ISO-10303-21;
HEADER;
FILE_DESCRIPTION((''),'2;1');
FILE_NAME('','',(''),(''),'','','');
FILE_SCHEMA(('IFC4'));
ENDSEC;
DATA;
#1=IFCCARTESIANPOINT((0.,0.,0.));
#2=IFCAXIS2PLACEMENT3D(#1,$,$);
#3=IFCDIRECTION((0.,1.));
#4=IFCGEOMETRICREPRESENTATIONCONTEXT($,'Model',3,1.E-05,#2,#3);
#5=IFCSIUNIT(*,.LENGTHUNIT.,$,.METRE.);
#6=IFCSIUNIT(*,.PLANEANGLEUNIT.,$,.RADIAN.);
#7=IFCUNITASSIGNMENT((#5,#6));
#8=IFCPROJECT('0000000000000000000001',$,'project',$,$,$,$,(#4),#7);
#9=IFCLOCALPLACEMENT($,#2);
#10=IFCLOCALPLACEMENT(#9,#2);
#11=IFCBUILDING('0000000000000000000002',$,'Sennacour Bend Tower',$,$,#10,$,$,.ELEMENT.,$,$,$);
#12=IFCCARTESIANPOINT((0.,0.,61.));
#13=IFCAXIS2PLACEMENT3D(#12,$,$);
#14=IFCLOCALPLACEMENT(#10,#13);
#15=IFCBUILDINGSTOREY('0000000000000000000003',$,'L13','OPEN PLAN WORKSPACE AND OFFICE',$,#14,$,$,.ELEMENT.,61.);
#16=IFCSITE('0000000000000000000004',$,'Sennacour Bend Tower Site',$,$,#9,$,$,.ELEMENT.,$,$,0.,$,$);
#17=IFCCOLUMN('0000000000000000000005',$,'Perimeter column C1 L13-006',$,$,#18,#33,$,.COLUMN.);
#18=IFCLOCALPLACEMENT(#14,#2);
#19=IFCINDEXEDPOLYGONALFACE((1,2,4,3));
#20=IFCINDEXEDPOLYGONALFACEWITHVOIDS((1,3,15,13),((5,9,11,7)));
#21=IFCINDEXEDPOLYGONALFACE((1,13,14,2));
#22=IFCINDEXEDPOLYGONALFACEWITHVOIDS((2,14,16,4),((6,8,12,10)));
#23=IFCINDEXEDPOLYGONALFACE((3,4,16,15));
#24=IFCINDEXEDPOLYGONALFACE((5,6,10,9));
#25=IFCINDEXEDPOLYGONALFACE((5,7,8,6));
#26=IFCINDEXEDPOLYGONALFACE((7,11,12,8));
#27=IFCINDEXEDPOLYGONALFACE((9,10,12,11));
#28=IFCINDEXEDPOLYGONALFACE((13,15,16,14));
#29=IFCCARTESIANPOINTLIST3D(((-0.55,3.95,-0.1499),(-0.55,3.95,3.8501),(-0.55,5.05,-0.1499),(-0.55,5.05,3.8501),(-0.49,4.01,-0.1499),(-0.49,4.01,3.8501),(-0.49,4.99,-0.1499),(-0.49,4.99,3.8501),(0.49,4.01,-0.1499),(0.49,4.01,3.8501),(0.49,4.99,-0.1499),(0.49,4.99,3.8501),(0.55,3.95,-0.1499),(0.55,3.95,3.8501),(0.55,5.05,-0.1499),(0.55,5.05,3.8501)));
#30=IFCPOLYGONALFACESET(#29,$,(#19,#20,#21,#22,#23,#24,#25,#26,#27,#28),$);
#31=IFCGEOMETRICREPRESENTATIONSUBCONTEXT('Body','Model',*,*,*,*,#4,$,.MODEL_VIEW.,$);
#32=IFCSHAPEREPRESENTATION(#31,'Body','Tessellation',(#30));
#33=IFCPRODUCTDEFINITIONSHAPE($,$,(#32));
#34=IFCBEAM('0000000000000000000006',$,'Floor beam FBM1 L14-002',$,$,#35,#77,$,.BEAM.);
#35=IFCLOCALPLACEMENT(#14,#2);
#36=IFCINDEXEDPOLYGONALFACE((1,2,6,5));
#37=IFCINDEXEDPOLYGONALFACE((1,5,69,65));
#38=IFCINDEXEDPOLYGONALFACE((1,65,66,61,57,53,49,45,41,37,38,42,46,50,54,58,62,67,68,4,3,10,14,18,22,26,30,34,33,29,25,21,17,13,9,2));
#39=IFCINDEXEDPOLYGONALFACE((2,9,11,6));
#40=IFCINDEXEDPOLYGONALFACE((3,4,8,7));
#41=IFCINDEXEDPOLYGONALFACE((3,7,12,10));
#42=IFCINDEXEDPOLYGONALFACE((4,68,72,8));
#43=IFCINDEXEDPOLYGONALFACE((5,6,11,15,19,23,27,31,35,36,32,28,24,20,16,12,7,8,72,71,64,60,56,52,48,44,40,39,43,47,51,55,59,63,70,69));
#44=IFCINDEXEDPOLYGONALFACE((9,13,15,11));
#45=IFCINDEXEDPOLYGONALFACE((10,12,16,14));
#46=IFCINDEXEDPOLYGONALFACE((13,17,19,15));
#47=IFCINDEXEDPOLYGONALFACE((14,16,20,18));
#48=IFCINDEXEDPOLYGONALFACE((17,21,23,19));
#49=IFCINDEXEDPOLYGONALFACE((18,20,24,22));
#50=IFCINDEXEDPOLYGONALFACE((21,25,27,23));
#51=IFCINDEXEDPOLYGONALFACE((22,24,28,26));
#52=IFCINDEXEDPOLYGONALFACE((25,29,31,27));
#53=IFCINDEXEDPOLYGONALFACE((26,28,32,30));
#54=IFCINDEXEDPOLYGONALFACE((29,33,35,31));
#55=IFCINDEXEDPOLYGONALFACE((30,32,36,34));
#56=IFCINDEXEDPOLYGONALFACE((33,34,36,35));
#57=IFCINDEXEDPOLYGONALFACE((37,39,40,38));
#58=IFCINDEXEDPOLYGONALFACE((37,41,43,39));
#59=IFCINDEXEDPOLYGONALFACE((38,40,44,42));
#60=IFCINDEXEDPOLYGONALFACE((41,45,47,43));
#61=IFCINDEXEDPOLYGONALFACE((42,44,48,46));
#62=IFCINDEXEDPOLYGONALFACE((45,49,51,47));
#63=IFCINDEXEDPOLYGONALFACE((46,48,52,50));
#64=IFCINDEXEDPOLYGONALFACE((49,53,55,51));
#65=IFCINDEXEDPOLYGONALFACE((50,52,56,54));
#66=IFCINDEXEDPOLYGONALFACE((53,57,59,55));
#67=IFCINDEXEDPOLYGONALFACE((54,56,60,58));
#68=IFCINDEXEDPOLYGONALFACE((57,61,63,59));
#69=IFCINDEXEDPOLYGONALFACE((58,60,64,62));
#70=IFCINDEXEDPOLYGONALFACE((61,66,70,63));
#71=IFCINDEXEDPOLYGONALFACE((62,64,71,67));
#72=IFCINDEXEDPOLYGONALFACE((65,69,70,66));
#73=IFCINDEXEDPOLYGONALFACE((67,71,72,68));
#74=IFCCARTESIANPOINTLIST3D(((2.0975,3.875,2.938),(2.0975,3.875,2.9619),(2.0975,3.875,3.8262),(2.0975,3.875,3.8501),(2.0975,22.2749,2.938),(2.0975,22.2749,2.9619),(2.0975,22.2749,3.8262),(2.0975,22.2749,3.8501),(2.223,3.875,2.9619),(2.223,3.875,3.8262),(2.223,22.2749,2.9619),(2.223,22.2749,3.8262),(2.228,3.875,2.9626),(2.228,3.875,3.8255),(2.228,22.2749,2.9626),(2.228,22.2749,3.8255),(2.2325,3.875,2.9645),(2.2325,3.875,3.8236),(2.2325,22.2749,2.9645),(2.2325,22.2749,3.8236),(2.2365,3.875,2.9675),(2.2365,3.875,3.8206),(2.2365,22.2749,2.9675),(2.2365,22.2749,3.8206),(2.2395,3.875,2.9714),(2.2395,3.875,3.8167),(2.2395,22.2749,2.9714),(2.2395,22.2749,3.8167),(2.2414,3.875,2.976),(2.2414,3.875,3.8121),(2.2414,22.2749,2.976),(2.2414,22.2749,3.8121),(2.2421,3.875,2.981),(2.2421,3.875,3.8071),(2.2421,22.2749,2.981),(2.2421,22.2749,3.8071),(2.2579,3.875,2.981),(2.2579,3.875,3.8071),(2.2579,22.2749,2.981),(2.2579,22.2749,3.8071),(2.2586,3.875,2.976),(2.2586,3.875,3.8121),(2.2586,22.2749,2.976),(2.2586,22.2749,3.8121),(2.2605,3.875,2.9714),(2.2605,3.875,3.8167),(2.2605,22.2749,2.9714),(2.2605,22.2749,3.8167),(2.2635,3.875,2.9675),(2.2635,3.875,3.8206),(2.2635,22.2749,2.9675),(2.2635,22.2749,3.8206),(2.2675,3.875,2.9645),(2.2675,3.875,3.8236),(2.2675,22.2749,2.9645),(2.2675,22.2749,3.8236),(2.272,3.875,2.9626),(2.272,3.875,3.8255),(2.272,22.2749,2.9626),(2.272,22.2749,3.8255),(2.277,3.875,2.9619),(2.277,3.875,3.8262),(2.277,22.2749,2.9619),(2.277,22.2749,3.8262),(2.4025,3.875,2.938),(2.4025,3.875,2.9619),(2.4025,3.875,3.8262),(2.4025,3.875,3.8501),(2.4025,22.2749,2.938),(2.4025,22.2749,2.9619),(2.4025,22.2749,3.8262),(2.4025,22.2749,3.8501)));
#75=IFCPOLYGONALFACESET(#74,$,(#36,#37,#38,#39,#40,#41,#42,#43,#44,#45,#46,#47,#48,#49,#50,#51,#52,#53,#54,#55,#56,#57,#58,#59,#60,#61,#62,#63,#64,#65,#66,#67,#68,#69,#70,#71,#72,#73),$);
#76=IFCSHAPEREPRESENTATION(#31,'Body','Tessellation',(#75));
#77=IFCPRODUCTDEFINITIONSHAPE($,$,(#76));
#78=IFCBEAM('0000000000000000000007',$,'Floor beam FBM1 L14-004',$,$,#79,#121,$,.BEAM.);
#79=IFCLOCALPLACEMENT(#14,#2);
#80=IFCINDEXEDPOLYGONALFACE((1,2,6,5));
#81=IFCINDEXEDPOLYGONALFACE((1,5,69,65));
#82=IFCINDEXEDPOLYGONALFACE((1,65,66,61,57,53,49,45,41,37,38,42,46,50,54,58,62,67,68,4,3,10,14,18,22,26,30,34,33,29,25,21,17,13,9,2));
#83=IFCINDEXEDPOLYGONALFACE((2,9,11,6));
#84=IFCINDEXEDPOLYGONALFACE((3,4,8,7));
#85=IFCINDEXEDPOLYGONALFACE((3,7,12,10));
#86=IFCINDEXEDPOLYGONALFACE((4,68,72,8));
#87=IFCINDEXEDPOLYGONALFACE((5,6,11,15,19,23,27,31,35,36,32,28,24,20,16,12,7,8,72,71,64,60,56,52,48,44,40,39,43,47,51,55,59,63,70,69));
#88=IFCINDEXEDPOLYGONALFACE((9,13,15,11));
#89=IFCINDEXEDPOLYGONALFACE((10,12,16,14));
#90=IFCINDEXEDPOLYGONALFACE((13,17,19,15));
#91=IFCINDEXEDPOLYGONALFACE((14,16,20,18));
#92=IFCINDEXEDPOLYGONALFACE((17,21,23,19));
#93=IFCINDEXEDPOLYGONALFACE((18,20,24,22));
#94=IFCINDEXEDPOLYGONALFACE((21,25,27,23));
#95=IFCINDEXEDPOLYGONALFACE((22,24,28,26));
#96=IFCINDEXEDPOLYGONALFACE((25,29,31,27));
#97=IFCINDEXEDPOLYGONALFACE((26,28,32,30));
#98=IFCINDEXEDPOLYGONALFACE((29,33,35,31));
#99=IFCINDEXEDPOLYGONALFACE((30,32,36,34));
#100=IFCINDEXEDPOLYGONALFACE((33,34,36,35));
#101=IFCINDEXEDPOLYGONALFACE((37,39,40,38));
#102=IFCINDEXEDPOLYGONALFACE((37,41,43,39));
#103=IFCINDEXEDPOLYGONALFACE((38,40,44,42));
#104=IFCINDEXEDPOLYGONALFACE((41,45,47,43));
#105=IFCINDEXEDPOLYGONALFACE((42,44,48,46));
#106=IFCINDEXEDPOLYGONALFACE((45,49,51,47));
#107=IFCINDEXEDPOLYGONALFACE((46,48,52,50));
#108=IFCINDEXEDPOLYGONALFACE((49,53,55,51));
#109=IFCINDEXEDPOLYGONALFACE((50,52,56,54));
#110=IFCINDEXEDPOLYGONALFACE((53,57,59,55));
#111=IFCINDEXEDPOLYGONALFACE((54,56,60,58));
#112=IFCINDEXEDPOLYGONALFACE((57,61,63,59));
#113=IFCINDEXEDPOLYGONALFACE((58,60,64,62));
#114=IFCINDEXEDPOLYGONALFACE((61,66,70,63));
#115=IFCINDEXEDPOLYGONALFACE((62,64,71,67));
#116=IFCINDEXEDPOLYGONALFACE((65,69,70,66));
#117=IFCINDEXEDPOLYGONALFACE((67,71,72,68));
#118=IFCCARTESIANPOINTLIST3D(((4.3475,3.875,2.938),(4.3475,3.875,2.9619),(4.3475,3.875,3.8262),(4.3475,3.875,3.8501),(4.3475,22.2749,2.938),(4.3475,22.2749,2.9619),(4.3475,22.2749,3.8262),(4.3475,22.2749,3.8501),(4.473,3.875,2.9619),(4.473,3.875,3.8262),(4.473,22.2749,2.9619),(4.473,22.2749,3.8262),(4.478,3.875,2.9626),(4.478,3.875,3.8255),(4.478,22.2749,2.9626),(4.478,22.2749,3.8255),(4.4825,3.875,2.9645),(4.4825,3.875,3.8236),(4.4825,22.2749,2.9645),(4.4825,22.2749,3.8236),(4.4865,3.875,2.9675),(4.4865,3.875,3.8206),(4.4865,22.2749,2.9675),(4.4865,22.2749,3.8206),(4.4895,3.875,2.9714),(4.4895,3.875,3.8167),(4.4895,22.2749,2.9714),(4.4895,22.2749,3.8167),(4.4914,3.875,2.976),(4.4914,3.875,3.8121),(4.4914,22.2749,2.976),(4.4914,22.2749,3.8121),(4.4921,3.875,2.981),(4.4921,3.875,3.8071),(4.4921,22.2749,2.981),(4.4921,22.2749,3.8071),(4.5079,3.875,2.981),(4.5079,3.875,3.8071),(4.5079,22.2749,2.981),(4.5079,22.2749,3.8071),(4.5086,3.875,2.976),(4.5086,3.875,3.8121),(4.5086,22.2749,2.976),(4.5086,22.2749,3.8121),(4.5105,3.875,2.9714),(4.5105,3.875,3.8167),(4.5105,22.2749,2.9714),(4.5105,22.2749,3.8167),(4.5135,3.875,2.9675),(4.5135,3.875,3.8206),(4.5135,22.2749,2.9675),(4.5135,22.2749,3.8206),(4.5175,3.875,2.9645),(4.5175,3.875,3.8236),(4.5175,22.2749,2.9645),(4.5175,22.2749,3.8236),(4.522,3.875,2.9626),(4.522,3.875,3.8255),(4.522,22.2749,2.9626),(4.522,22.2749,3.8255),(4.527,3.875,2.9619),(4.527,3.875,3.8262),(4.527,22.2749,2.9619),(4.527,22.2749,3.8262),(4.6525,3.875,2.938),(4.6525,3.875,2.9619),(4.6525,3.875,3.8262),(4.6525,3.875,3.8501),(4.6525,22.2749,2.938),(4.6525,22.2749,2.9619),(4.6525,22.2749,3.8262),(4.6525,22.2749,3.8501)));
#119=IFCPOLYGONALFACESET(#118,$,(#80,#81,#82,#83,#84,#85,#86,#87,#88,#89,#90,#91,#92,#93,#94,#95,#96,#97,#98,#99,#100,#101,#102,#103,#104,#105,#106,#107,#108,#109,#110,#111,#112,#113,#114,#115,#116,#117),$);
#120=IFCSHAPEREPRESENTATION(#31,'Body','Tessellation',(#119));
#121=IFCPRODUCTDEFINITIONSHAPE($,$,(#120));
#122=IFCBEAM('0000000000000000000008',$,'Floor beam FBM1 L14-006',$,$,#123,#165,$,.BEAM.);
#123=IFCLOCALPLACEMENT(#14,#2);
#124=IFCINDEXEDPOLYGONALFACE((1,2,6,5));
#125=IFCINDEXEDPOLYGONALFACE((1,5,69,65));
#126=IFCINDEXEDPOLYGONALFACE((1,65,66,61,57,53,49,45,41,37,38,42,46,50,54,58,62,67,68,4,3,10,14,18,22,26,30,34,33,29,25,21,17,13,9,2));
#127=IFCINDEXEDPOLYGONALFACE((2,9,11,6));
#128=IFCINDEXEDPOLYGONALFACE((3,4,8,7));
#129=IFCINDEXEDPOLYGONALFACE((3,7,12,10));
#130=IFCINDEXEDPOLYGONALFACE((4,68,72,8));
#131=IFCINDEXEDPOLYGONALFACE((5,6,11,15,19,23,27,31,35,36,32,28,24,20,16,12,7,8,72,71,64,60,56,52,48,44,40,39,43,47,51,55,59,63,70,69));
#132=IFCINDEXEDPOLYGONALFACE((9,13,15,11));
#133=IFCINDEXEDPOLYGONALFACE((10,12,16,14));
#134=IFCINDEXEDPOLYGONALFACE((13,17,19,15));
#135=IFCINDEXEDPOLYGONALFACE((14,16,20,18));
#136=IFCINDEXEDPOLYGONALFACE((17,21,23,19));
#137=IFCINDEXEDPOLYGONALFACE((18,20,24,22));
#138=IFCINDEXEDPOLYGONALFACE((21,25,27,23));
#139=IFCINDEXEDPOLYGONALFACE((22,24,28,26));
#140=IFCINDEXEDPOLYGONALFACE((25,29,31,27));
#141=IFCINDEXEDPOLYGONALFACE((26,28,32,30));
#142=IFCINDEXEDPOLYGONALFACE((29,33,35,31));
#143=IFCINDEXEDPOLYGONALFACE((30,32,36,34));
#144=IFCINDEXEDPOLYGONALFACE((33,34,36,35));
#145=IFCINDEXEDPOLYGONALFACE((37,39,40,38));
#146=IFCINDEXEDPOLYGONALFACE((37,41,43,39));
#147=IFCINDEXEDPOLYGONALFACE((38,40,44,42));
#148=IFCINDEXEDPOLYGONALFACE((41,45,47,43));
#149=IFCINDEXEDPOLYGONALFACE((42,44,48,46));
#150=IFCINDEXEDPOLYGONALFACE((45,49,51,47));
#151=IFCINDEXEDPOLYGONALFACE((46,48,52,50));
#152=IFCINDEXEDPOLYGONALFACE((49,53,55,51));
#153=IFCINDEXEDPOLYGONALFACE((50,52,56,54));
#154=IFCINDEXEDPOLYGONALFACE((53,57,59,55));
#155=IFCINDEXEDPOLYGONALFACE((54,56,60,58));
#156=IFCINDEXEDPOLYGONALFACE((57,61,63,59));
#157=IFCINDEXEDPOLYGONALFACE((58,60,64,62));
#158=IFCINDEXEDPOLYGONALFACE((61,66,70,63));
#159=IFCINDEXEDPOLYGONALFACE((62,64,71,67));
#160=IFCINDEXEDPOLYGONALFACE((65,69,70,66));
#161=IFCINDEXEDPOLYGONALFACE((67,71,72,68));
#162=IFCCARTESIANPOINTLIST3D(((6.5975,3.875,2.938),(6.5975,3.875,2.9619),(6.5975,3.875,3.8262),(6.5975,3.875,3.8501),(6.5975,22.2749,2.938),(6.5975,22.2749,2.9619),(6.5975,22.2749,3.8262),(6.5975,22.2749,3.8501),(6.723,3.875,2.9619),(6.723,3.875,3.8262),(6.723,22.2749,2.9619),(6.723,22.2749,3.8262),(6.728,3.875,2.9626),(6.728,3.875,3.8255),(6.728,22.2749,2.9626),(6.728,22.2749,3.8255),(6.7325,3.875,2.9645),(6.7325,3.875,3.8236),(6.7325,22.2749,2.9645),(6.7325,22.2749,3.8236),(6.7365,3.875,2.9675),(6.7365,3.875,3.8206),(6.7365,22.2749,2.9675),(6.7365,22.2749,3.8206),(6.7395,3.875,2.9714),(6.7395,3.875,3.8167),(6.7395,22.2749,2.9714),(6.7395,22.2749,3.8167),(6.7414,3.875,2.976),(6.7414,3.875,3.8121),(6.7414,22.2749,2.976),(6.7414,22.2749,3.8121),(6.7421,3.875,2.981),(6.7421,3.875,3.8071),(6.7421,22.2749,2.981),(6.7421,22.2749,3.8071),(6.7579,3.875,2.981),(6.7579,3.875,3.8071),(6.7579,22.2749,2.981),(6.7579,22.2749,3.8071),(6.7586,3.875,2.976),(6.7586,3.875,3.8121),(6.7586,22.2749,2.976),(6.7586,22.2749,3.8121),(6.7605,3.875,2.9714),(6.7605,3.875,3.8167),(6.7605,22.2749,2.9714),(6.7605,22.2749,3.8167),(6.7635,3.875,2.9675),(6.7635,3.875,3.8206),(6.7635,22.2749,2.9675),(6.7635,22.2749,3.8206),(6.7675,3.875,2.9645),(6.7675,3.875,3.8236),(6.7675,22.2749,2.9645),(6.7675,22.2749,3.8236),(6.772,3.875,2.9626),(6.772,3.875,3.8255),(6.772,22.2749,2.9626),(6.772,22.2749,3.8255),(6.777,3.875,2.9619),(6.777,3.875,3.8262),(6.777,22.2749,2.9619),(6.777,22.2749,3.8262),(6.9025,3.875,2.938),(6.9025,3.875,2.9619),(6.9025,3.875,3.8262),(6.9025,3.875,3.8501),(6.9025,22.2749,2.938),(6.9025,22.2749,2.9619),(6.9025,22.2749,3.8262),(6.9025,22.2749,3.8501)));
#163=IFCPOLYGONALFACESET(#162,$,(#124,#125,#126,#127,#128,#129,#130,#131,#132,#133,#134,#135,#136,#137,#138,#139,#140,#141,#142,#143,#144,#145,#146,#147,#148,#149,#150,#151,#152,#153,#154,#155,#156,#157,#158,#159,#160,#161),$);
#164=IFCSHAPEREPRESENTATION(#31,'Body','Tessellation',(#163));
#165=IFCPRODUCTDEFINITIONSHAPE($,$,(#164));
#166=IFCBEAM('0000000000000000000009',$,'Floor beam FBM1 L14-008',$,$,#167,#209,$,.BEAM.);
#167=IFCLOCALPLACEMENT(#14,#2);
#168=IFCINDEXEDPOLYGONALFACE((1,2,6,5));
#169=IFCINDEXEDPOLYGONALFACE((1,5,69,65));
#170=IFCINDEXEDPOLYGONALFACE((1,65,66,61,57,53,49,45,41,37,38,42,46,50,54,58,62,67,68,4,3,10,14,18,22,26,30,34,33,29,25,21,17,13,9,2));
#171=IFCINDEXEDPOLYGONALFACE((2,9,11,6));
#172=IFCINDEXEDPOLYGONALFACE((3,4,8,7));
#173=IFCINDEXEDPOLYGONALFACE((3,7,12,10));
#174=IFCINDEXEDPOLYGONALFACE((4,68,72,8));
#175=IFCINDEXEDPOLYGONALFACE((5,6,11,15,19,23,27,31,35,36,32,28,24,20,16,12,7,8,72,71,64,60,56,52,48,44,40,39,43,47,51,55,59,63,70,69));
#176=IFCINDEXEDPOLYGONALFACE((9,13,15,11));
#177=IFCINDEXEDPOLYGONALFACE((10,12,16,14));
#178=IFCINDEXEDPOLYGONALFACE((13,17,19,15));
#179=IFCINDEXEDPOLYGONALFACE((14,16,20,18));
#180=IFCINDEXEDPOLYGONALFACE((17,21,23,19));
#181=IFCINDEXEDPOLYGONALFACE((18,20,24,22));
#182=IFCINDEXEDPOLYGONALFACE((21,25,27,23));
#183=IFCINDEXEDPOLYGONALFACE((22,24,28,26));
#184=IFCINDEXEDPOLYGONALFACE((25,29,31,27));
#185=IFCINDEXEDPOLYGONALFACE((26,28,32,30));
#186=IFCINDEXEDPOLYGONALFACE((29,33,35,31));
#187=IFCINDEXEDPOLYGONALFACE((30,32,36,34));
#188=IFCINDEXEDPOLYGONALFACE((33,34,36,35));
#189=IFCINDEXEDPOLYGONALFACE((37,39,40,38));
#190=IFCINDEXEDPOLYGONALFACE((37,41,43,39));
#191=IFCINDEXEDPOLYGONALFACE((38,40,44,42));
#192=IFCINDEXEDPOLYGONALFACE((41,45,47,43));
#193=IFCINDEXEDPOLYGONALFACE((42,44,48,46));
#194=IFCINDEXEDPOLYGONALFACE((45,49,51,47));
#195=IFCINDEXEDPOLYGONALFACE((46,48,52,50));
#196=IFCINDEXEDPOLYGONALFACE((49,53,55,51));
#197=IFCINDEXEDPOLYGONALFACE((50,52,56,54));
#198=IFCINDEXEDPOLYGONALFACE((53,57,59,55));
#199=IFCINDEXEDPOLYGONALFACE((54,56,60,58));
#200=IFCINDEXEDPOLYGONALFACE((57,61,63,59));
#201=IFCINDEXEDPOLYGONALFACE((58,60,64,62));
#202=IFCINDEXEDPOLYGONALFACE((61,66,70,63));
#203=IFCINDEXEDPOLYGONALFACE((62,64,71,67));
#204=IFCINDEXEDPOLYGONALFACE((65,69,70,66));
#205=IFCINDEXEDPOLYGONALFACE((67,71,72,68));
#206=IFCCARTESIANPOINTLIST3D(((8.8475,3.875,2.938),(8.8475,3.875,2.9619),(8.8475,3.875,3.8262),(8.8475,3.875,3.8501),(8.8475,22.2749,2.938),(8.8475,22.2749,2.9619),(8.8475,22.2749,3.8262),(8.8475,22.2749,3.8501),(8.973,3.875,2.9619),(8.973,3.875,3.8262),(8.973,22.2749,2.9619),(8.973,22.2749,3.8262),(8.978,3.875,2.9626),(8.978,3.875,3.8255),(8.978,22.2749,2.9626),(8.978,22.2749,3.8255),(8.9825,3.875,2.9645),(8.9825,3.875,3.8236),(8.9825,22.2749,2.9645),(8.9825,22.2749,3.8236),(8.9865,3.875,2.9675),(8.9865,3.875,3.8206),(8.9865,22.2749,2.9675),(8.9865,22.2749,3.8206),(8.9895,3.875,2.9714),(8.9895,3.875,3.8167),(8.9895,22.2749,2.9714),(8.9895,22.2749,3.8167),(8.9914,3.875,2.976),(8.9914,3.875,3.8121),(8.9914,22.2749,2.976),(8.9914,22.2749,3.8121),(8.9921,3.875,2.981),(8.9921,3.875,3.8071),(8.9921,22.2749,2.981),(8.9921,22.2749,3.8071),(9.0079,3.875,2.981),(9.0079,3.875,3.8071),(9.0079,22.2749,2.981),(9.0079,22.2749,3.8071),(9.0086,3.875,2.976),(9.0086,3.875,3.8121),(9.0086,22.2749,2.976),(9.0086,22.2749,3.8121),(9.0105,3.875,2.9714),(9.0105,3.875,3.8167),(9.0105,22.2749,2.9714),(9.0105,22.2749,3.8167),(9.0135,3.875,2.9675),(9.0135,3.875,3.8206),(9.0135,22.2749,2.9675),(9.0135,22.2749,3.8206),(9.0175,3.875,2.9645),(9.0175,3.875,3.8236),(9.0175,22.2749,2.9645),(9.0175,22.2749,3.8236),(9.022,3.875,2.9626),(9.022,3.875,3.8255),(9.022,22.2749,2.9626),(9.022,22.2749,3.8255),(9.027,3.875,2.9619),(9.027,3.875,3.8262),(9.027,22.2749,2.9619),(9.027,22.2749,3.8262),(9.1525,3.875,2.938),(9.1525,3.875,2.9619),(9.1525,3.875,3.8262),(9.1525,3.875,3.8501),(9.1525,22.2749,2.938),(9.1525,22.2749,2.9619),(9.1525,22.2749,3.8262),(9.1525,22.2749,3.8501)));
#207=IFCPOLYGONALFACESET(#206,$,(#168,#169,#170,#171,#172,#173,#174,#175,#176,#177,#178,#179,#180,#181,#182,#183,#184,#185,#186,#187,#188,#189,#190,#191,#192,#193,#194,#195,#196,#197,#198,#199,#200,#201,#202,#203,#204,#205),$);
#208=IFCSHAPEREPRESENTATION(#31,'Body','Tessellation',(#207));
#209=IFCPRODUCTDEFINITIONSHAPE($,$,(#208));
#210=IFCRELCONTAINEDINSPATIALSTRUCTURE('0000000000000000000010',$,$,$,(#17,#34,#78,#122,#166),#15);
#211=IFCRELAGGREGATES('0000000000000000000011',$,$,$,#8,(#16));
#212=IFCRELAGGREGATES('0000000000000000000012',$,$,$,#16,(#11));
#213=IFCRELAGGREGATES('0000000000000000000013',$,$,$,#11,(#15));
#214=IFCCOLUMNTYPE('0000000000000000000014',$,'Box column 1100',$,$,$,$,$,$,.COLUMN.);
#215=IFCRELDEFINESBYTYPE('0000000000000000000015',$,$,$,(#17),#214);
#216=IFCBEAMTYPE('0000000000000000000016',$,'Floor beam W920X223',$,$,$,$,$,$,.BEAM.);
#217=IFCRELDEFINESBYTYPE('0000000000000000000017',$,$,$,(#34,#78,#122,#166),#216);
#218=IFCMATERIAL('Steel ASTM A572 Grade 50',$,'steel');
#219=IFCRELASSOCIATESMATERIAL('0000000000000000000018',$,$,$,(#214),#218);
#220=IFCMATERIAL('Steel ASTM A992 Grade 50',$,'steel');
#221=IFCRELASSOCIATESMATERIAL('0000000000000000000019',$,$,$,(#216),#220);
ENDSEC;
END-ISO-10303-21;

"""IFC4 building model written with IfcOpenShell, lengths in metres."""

from ifc_helpers import new_model, si_unit, direction, frame, origin, origin_2d, place, context, subcontext, project, spatial, hollow_rectangle, i_section, extrude, material, material_profile, profile_set, type_object, element, save


model = new_model("IFC4")

# Units and contexts
model_context = context("Model", 3, precision=1e-05, world=origin(), true_north=direction((0.0, 1.0)))
body_context = subcontext(model_context, "Body", "Model", "MODEL_VIEW")
ifc_project = project(units=[si_unit("LENGTHUNIT", "METRE"), si_unit("PLANEANGLEUNIT", "RADIAN")], contexts=[model_context])

# Site, building, storey
site_placement = place(None, origin())
site = spatial("IfcSite", under=ifc_project, at=site_placement, Name="Sennacour Bend Tower Site", CompositionType="ELEMENT", RefElevation=0.0)
building_placement = place(site_placement, origin())
building = spatial("IfcBuilding", under=site, at=building_placement, Name="Sennacour Bend Tower", CompositionType="ELEMENT")
storey_placement = place(building_placement, frame((0.0, 0.0, 61.0)))
storey = spatial("IfcBuildingStorey", under=building, at=storey_placement, Name="L13", Description="OPEN PLAN WORKSPACE AND OFFICE", CompositionType="ELEMENT", Elevation=61.0)

# Column
ifc_material_1 = material(Name="Steel ASTM A572 Grade 50", Category="steel")
ifc_material_profile_1 = material_profile(ifc_material_1, hollow_rectangle(XDim=1.1001, YDim=1.1001, WallThickness=0.0601, at=origin_2d()), Name="Steel ASTM A572 Grade 50", Category="steel")
ifc_profile_set_1 = profile_set([ifc_material_profile_1], Name="Steel ASTM A572 Grade 50")
column_type = type_object("IfcColumnType", Name="Box column 1100", PredefinedType="COLUMN", material=ifc_profile_set_1)
column_placement = place(storey_placement, frame((0.0, 4.5, -0.1499), z_axis=(0.0, 0.0, 1.0), x_axis=(1.0, 0.0, 0.0)))
element("IfcColumn", 1, at=column_placement, inside=storey, type_object=column_type, Name="Perimeter column C1 L13-006", PredefinedType="COLUMN", context=body_context, shape_type="SweptSolid", body=[
    extrude(hollow_rectangle(XDim=1.1001, YDim=1.1001, WallThickness=0.0601, at=origin_2d()), origin(), (0.0, 0.0, 1.0), 4.0),
])

# Beams
ifc_material_2 = material(Name="Steel ASTM A992 Grade 50", Category="steel")
ifc_material_profile_2 = material_profile(ifc_material_2, i_section(OverallWidth=0.3049, OverallDepth=0.9121, WebThickness=0.0159, FlangeThickness=0.0239, FilletRadius=0.019, at=origin_2d()), Name="Steel ASTM A992 Grade 50", Category="steel")
ifc_profile_set_2 = profile_set([ifc_material_profile_2], Name="Steel ASTM A992 Grade 50")
beam_type = type_object("IfcBeamType", Name="Floor beam W920X223", PredefinedType="BEAM", material=ifc_profile_set_2)
for number, where, z_axis, x_axis, name in (
    (2, (2.25, 3.875, 3.394), (0.0, 1.0, 0.0), (-1.0, 0.0, 0.0), "Floor beam FBM1 L14-002"),
    (3, (4.5, 3.875, 3.394), (0.0, 1.0, 0.0), (-1.0, 0.0, 0.0), "Floor beam FBM1 L14-004"),
    (4, (6.75, 3.875, 3.394), (0.0, 1.0, 0.0), (-1.0, 0.0, 0.0), "Floor beam FBM1 L14-006"),
    (5, (9.0, 3.875, 3.394), (0.0, 1.0, 0.0), (-1.0, 0.0, 0.0), "Floor beam FBM1 L14-008"),
):
    element("IfcBeam", number, at=place(storey_placement, frame(where, z_axis=z_axis, x_axis=x_axis)), inside=storey, type_object=beam_type, Name=name, PredefinedType="BEAM", context=body_context, shape_type="SweptSolid", body=[
        extrude(i_section(OverallWidth=0.3049, OverallDepth=0.9121, WebThickness=0.0159, FlangeThickness=0.0239, FilletRadius=0.019, at=origin_2d()), origin(), (0.0, 0.0, 1.0), 18.3999),
    ])

save(model, "model.ifc")
